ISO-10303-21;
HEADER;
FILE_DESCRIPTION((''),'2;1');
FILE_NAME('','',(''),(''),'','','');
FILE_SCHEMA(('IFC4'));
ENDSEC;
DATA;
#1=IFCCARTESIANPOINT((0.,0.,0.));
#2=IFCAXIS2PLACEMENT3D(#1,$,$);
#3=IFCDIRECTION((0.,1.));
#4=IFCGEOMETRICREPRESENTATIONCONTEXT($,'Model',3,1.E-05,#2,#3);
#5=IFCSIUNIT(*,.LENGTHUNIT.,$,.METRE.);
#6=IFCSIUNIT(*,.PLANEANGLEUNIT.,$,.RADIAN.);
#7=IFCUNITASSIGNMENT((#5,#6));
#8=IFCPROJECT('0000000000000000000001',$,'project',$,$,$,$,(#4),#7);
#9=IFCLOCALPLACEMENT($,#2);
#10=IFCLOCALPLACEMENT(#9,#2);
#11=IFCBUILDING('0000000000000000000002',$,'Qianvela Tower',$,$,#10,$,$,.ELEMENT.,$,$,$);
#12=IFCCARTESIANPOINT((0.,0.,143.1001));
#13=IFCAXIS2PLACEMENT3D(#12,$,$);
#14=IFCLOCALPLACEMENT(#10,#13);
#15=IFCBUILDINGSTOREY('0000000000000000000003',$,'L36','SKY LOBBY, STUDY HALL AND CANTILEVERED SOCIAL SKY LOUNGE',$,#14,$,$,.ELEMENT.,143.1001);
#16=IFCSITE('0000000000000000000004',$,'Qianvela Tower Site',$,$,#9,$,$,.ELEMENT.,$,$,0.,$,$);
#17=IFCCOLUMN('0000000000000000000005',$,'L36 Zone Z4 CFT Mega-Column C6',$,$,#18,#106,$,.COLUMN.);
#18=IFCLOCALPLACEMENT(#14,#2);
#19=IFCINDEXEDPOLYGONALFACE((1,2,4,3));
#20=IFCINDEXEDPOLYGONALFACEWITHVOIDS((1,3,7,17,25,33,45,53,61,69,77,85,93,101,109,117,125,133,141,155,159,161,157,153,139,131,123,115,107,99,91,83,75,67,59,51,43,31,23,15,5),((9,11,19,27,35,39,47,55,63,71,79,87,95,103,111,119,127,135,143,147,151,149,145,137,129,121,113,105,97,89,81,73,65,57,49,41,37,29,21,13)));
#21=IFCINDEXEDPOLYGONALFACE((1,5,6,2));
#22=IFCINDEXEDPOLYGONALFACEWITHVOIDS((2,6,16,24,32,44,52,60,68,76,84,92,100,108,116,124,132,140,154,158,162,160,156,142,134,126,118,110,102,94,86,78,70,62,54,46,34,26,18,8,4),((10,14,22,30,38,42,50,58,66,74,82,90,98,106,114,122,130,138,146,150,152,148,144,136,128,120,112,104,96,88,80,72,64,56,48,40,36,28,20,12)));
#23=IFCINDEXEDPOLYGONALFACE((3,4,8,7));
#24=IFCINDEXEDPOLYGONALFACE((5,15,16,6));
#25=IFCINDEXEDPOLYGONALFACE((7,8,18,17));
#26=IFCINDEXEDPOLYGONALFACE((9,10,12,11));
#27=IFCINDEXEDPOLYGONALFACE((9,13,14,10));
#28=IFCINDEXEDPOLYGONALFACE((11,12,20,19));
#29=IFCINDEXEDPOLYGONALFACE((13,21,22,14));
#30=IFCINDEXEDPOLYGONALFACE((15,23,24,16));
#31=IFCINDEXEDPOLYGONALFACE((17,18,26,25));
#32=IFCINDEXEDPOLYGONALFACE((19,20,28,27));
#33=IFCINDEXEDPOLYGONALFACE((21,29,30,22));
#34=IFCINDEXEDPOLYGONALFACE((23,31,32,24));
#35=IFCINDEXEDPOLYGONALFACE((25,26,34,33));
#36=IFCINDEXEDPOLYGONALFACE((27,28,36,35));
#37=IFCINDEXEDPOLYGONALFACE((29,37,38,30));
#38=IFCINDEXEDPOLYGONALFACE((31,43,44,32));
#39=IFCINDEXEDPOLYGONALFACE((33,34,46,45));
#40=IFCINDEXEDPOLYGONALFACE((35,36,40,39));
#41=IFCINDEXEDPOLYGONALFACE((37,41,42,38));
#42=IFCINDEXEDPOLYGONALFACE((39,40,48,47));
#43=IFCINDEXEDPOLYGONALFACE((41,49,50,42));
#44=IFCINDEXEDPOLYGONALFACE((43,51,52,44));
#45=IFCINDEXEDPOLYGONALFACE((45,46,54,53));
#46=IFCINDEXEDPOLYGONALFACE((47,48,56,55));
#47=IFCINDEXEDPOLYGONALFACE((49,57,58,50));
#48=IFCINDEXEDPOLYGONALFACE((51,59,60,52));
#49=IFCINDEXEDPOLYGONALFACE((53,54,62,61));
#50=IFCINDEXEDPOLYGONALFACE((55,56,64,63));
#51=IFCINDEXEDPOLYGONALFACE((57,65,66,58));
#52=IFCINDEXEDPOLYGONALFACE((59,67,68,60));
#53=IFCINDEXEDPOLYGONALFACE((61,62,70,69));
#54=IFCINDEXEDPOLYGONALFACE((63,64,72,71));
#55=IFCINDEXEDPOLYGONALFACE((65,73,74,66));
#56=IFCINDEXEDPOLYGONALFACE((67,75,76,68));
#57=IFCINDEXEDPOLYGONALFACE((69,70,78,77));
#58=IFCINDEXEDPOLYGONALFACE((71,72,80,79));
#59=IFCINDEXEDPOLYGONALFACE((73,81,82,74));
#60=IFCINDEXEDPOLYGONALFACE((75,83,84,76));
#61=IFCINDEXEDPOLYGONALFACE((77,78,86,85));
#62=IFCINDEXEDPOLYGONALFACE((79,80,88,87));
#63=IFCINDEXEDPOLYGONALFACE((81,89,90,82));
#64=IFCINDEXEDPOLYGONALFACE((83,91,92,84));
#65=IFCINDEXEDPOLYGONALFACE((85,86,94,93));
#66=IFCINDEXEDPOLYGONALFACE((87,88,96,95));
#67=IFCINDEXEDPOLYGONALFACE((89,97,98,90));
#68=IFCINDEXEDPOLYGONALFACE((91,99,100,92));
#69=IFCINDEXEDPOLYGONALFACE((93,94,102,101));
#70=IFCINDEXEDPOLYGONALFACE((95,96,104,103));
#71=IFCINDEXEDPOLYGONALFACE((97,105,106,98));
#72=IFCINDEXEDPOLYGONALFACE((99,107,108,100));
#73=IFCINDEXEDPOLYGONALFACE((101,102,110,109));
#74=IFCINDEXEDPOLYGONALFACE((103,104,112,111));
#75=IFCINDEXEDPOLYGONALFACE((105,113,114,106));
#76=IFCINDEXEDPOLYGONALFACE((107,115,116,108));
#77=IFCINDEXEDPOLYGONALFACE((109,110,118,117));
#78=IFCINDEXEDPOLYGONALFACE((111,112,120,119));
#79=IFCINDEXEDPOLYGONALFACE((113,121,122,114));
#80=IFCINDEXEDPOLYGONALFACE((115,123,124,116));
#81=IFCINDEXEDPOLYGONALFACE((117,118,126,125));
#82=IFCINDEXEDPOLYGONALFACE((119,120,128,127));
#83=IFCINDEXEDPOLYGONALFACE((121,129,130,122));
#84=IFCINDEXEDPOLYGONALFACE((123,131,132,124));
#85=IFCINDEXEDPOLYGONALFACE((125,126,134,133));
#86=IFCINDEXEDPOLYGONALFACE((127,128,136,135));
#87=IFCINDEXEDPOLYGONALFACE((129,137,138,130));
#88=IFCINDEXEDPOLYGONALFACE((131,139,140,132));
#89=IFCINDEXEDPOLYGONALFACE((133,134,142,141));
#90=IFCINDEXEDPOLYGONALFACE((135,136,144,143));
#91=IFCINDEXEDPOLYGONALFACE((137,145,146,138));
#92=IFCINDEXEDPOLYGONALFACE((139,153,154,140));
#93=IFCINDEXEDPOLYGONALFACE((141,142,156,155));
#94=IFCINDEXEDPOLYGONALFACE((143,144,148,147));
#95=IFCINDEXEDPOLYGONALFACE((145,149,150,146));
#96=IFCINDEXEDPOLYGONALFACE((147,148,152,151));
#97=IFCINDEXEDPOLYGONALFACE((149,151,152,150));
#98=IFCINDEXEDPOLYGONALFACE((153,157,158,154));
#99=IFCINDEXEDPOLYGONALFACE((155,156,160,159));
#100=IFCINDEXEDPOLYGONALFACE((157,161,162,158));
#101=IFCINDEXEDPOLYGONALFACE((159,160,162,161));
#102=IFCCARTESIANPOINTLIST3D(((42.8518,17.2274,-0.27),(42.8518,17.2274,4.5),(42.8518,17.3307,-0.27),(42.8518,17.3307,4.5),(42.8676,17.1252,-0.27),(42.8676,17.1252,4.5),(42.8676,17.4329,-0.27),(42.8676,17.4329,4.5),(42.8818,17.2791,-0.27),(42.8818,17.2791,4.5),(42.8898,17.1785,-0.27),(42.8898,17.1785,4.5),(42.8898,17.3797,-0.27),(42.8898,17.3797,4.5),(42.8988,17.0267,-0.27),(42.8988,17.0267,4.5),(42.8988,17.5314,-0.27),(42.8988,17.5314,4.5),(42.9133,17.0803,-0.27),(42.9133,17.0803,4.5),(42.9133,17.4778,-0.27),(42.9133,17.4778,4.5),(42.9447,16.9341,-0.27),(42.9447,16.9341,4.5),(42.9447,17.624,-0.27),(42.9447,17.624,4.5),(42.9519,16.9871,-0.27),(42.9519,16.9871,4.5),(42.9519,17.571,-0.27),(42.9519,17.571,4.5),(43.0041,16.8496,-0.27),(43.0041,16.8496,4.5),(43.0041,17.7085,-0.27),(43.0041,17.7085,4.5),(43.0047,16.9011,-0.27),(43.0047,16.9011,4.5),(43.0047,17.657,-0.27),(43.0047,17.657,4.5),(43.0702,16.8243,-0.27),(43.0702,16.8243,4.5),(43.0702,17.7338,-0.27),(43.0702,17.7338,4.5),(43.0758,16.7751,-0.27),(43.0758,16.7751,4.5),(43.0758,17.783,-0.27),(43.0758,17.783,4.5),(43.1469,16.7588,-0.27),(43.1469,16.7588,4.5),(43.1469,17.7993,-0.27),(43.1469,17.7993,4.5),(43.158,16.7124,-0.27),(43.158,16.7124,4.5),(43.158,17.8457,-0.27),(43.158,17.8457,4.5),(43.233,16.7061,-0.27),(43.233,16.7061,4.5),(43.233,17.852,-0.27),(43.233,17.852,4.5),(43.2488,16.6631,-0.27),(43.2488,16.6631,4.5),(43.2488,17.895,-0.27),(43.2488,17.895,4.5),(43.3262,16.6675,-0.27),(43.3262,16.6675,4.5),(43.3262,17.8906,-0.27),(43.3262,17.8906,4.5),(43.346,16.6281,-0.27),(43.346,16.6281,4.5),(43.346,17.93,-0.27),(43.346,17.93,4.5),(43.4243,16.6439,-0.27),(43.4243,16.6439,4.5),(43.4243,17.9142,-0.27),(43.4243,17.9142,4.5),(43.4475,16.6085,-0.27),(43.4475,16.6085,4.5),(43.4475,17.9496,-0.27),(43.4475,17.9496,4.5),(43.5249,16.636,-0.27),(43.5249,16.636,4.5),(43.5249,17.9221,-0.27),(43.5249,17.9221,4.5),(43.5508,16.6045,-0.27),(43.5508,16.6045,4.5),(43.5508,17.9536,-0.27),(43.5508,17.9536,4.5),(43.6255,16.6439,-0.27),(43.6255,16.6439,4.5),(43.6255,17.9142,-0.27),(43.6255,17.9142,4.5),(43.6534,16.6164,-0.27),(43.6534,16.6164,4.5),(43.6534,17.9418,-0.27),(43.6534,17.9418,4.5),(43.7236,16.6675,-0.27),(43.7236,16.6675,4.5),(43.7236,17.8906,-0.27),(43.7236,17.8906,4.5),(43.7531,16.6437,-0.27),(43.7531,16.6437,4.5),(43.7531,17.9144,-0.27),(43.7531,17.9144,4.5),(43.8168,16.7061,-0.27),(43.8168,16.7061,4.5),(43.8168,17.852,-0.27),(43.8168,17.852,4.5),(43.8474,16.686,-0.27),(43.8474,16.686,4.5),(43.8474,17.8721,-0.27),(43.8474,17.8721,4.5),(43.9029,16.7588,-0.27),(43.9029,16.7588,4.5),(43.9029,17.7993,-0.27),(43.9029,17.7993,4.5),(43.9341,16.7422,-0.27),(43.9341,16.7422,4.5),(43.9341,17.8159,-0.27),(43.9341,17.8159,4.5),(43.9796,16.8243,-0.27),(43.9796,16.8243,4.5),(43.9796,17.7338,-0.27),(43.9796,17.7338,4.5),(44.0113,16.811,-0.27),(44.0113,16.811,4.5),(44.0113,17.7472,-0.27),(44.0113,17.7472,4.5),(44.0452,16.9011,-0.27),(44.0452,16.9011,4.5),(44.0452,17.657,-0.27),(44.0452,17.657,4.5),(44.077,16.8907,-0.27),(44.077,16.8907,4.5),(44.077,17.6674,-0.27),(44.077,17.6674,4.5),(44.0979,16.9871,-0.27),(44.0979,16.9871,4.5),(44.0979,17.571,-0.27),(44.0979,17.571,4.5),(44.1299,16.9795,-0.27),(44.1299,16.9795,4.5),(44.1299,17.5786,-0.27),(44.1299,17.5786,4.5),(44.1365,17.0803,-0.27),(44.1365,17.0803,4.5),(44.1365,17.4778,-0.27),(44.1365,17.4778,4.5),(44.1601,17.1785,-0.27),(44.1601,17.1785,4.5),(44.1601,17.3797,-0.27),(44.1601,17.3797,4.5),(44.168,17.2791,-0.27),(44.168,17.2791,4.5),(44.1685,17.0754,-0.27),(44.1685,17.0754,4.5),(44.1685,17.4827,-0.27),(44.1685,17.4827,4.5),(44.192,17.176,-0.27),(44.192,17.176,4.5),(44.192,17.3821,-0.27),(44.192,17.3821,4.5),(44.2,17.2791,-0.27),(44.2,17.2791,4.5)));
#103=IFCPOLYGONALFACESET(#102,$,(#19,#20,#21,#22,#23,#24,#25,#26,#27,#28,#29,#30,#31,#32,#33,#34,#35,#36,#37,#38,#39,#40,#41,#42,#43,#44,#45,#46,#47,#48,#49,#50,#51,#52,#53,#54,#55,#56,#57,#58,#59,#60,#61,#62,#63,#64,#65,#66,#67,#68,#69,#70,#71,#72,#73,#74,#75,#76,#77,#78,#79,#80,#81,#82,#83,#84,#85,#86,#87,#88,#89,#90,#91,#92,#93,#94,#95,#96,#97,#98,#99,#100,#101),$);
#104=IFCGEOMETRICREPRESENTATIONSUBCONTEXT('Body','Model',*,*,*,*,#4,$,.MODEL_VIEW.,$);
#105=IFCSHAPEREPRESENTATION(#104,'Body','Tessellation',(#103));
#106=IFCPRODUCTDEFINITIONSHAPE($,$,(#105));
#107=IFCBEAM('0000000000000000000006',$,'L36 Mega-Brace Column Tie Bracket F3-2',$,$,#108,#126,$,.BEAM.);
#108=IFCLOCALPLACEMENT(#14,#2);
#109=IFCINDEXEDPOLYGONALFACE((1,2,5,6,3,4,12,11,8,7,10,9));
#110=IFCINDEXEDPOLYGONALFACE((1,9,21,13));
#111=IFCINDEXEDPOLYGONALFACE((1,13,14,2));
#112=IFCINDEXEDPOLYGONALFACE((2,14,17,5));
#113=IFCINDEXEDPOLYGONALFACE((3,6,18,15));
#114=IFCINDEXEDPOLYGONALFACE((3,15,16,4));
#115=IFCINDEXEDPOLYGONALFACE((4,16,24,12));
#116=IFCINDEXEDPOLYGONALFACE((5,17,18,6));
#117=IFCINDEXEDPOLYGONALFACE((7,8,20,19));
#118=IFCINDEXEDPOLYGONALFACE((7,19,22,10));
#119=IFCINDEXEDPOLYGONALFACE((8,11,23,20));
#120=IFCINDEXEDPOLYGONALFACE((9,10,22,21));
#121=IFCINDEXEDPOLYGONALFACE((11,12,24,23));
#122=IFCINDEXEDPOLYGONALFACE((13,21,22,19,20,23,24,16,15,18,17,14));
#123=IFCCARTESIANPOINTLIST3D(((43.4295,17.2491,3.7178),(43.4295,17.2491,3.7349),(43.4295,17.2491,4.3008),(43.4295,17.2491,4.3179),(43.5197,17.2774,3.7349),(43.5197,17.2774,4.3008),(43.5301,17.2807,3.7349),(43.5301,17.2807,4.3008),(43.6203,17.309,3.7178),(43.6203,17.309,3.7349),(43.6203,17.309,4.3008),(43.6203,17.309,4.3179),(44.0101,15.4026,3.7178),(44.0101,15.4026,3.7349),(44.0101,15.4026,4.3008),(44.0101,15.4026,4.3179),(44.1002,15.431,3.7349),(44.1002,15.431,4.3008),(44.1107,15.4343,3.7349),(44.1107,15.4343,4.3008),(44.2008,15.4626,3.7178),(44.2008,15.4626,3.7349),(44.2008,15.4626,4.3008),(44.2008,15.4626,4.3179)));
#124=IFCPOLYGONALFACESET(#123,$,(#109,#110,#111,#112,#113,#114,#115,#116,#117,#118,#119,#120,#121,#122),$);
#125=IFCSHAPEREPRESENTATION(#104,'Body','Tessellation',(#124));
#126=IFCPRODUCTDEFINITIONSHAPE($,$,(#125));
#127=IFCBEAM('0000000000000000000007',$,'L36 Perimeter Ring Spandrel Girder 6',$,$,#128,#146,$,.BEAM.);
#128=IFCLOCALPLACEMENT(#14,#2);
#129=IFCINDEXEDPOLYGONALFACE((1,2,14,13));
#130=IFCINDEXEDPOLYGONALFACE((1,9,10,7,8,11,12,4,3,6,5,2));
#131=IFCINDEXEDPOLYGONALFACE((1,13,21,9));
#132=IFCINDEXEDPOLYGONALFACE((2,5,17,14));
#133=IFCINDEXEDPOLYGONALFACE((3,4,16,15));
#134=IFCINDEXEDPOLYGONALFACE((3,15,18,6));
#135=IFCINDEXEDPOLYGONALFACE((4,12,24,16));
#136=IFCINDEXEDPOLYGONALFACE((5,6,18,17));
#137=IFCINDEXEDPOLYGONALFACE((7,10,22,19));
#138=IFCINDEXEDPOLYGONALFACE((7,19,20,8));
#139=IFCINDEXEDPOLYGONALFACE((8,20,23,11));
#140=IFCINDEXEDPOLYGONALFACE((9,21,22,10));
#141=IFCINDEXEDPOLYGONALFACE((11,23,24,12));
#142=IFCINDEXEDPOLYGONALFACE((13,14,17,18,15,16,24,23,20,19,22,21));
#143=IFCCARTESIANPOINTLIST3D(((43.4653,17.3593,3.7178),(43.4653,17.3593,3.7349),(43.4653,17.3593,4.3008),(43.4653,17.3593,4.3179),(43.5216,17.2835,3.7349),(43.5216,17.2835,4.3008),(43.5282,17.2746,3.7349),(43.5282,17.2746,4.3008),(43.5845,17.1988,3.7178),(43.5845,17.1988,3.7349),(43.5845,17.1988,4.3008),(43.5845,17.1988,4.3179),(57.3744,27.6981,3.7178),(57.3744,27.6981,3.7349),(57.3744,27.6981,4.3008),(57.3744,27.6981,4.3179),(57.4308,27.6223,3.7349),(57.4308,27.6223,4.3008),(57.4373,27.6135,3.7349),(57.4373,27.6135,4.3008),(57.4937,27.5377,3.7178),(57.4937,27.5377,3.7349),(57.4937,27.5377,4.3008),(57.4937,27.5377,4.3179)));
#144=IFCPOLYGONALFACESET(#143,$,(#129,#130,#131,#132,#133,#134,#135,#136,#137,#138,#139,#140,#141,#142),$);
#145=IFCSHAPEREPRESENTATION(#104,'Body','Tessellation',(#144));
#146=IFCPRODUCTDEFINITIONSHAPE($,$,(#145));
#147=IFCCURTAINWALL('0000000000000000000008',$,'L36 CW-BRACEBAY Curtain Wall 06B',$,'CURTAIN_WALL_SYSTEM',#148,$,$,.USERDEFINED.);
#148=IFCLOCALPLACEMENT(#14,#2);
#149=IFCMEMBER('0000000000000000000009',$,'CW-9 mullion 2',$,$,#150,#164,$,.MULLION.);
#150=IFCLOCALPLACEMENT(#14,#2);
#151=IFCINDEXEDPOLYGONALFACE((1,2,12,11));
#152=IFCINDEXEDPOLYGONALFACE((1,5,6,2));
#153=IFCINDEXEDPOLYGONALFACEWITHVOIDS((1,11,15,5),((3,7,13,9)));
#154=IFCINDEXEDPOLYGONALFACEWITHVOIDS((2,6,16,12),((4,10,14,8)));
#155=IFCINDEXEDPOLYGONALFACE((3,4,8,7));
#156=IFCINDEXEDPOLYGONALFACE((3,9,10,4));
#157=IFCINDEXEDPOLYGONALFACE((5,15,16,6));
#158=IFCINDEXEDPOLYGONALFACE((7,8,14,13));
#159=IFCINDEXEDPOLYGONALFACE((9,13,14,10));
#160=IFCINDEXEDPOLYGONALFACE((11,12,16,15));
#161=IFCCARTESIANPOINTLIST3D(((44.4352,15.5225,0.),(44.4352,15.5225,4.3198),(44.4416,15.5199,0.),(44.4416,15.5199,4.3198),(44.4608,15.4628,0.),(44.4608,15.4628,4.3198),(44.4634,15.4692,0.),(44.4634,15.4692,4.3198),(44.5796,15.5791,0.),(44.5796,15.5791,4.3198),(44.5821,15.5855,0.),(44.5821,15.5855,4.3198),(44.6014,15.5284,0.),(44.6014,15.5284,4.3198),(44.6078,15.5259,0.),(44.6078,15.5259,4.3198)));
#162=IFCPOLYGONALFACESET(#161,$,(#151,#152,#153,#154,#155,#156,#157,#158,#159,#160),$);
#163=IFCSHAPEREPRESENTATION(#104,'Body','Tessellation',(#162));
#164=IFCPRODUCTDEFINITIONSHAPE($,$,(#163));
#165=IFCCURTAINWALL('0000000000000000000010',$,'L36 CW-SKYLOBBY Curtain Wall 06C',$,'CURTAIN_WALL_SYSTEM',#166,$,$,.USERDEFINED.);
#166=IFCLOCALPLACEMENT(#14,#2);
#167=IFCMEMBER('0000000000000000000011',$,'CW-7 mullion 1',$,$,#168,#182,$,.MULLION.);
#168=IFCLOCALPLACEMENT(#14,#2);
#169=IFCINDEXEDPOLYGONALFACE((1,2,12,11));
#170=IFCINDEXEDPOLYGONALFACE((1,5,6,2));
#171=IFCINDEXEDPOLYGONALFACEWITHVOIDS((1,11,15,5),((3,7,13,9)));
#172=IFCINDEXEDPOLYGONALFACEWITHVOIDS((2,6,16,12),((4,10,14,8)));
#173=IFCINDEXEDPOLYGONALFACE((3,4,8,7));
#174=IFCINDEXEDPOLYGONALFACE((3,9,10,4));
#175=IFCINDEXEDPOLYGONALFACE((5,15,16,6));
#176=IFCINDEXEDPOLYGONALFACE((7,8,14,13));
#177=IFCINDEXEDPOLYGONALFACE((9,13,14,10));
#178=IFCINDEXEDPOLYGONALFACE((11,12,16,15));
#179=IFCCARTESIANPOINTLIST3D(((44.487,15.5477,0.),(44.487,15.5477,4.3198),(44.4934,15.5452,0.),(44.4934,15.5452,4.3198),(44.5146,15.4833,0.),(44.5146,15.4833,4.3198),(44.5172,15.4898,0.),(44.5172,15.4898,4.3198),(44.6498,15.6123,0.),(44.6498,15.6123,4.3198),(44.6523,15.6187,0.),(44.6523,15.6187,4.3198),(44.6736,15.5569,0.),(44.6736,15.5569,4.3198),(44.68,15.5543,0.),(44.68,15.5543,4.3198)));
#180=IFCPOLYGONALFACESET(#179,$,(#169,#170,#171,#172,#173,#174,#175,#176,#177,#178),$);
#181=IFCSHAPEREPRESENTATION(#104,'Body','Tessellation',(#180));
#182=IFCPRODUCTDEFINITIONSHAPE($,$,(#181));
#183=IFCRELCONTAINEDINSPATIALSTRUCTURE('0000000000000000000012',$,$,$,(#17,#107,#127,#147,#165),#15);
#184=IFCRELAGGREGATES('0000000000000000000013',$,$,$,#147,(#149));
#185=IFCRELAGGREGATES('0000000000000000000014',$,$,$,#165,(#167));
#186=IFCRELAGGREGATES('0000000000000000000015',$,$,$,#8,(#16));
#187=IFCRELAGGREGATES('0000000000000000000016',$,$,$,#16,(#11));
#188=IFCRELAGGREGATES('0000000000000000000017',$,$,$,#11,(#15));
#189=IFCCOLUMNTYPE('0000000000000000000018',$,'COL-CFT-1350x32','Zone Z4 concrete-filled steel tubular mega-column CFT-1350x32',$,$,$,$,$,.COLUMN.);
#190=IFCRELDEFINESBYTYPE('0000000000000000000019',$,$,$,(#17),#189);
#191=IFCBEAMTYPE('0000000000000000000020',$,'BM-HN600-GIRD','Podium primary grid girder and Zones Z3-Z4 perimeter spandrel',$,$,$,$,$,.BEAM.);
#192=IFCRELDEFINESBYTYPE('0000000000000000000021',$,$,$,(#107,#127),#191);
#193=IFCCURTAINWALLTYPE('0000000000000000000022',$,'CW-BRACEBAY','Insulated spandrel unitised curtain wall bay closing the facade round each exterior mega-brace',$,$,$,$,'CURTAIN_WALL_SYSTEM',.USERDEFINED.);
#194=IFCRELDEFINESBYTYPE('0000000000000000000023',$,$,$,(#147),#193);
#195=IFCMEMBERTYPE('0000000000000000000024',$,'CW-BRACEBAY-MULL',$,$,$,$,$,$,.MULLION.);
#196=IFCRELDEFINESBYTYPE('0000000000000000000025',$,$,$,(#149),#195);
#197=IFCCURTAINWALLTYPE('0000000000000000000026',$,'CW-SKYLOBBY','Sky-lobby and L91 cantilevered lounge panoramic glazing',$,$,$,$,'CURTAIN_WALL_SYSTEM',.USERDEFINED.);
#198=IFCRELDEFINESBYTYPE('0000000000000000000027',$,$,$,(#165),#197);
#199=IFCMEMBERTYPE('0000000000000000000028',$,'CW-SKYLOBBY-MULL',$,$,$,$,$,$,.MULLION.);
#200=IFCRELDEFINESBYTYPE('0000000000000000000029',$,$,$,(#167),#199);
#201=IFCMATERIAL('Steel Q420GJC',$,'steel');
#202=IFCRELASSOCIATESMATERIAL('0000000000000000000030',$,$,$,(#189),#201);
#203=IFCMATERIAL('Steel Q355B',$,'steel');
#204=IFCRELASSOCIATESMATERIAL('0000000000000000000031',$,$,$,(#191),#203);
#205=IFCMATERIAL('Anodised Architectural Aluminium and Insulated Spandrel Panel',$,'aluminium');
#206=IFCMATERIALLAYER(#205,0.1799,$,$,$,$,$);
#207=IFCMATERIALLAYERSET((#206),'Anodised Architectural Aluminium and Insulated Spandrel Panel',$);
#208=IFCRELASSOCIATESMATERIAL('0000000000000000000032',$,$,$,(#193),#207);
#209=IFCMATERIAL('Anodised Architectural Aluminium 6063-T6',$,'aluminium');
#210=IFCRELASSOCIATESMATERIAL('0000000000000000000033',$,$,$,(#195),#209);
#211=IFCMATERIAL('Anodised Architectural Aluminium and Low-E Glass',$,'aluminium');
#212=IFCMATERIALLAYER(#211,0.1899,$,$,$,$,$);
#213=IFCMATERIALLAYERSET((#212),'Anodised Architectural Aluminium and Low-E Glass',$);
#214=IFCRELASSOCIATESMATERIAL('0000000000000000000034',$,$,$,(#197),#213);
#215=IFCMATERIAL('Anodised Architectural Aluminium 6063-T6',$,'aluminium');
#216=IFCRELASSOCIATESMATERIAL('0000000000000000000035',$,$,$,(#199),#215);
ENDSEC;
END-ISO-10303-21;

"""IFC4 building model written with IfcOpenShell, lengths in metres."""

from ifc_helpers import new_model, si_unit, direction, frame, origin, origin_2d, place, context, subcontext, project, spatial, hollow_rectangle, hollow_circle, i_section, extrude, material, layer, layer_set, material_profile, profile_set, type_object, element, aggregate, save


model = new_model("IFC4")

# Units and contexts
model_context = context("Model", 3, precision=1e-05, world=origin(), true_north=direction((0.0, 1.0)))
body_context = subcontext(model_context, "Body", "Model", "MODEL_VIEW")
ifc_project = project(units=[si_unit("LENGTHUNIT", "METRE"), si_unit("PLANEANGLEUNIT", "RADIAN")], contexts=[model_context])

# Site, building, storey
site_placement = place(None, origin())
site = spatial("IfcSite", under=ifc_project, at=site_placement, Name="Qianvela Tower Site", CompositionType="ELEMENT", RefElevation=0.0)
building_placement = place(site_placement, origin())
building = spatial("IfcBuilding", under=site, at=building_placement, Name="Qianvela Tower", CompositionType="ELEMENT")
storey_placement = place(building_placement, frame((0.0, 0.0, 143.1001)))
storey = spatial("IfcBuildingStorey", under=building, at=storey_placement, Name="L36", Description="SKY LOBBY, STUDY HALL AND CANTILEVERED SOCIAL SKY LOUNGE", CompositionType="ELEMENT", Elevation=143.1001)

# Column
ifc_material_1 = material(Name="Steel Q420GJC", Category="steel")
ifc_material_profile_1 = material_profile(ifc_material_1, hollow_circle(Radius=0.675, WallThickness=0.032, at=origin_2d()), Name="CFT-1350x32")
ifc_profile_set_1 = profile_set([ifc_material_profile_1], Name="Steel Q420GJC")
column_type = type_object("IfcColumnType", Name="COL-CFT-1350x32", Description="Zone Z4 concrete-filled steel tubular mega-column CFT-1350x32", PredefinedType="COLUMN", material=ifc_profile_set_1)
column_placement = place(storey_placement, frame((43.5249, 17.2791, -0.27), z_axis=(0.0, 0.0, 1.0), x_axis=(1.0, 0.0, 0.0)))
element("IfcColumn", 1, at=column_placement, inside=storey, type_object=column_type, Name="L36 Zone Z4 CFT Mega-Column C6", PredefinedType="COLUMN", context=body_context, shape_type="SweptSolid", body=[
    extrude(hollow_circle(Radius=0.675, WallThickness=0.032, at=origin_2d()), origin(), (0.0, 0.0, 1.0), 4.77),
])

# Beams
ifc_material_2 = material(Name="Steel Q355B", Category="steel")
ifc_material_profile_2 = material_profile(ifc_material_2, i_section(OverallWidth=0.2, OverallDepth=0.6001, WebThickness=0.011, FlangeThickness=0.0171, at=origin_2d()), Name="HN600x200x11x17")
ifc_profile_set_2 = profile_set([ifc_material_profile_2], Name="Steel Q355B")
beam_type = type_object("IfcBeamType", Name="BM-HN600-GIRD", Description="Podium primary grid girder and Zones Z3-Z4 perimeter spandrel", PredefinedType="BEAM", material=ifc_profile_set_2)
beam_1_placement = place(storey_placement, frame((43.5249, 17.2791, 4.0178), z_axis=(0.299948, -0.953956, 0.0), x_axis=(0.953956, 0.299948, 0.0)))
element("IfcBeam", 2, at=beam_1_placement, inside=storey, type_object=beam_type, Name="L36 Mega-Brace Column Tie Bracket F3-2", PredefinedType="BEAM", context=body_context, shape_type="SweptSolid", body=[
    extrude(i_section(OverallWidth=0.2, OverallDepth=0.6001, WebThickness=0.011, FlangeThickness=0.0171, at=origin_2d()), origin(), (0.0, 0.0, 1.0), 1.9355),
])
beam_2_placement = place(storey_placement, frame((43.5249, 17.2791, 4.0178), z_axis=(0.802569, 0.596559, 0.0), x_axis=(-0.596559, 0.802569, 0.0)))
element("IfcBeam", 3, at=beam_2_placement, inside=storey, type_object=beam_type, Name="L36 Perimeter Ring Spandrel Girder 6", PredefinedType="BEAM", context=body_context, shape_type="SweptSolid", body=[
    extrude(i_section(OverallWidth=0.2, OverallDepth=0.6001, WebThickness=0.011, FlangeThickness=0.0171, at=origin_2d()), origin(), (0.0, 0.0, 1.0), 17.3308),
])

# Curtain wall, member
ifc_material_3 = material(Name="Anodised Architectural Aluminium and Insulated Spandrel Panel", Category="aluminium")
ifc_layer_1 = layer(ifc_material_3, 0.1799)
ifc_layer_set_1 = layer_set([ifc_layer_1], Name="Anodised Architectural Aluminium and Insulated Spandrel Panel")
curtain_wall_type_1 = type_object("IfcCurtainWallType", Name="CW-BRACEBAY", Description="Insulated spandrel unitised curtain wall bay closing the facade round each exterior mega-brace", ElementType="CURTAIN_WALL_SYSTEM", PredefinedType="USERDEFINED", material=ifc_layer_set_1)
curtain_wall_1_placement = place(storey_placement, origin())
curtain_wall_1 = element("IfcCurtainWall", 4, at=curtain_wall_1_placement, inside=storey, type_object=curtain_wall_type_1, Name="L36 CW-BRACEBAY Curtain Wall 06B", ObjectType="CURTAIN_WALL_SYSTEM", PredefinedType="USERDEFINED")
ifc_material_4 = material(Name="Anodised Architectural Aluminium 6063-T6", Category="aluminium")
ifc_material_profile_3 = material_profile(ifc_material_4, hollow_rectangle(XDim=0.0649, YDim=0.1599, WallThickness=0.0049, at=origin_2d()), Name="ALU-MULL-65x160")
ifc_profile_set_3 = profile_set([ifc_material_profile_3], Name="Anodised Architectural Aluminium 6063-T6")
member_type_1 = type_object("IfcMemberType", Name="CW-BRACEBAY-MULL", PredefinedType="MULLION", material=ifc_profile_set_3)
member_1_placement = place(storey_placement, frame((44.5215, 15.5242, 0.0), z_axis=(0.0, 0.0, 1.0), x_axis=(-0.394477, 0.918906, 0.0)))
member_1 = element("IfcMember", 5, at=member_1_placement, type_object=member_type_1, Name="CW-9 mullion 2", PredefinedType="MULLION", context=body_context, shape_type="SweptSolid", body=[
    extrude(hollow_rectangle(XDim=0.0649, YDim=0.1599, WallThickness=0.0049, at=origin_2d()), origin(), (0.0, 0.0, 1.0), 4.3198),
])
aggregate(curtain_wall_1, [member_1])

# Curtain wall, member
ifc_material_5 = material(Name="Anodised Architectural Aluminium and Low-E Glass", Category="aluminium")
ifc_layer_2 = layer(ifc_material_5, 0.1899)
ifc_layer_set_2 = layer_set([ifc_layer_2], Name="Anodised Architectural Aluminium and Low-E Glass")
curtain_wall_type_2 = type_object("IfcCurtainWallType", Name="CW-SKYLOBBY", Description="Sky-lobby and L91 cantilevered lounge panoramic glazing", ElementType="CURTAIN_WALL_SYSTEM", PredefinedType="USERDEFINED", material=ifc_layer_set_2)
curtain_wall_2_placement = place(storey_placement, origin())
curtain_wall_2 = element("IfcCurtainWall", 6, at=curtain_wall_2_placement, inside=storey, type_object=curtain_wall_type_2, Name="L36 CW-SKYLOBBY Curtain Wall 06C", ObjectType="CURTAIN_WALL_SYSTEM", PredefinedType="USERDEFINED")
ifc_material_6 = material(Name="Anodised Architectural Aluminium 6063-T6", Category="aluminium")
ifc_material_profile_4 = material_profile(ifc_material_6, hollow_rectangle(XDim=0.0701, YDim=0.1799, WallThickness=0.0049, at=origin_2d()), Name="ALU-MULL-70x180")
ifc_profile_set_4 = profile_set([ifc_material_profile_4], Name="Anodised Architectural Aluminium 6063-T6")
member_type_2 = type_object("IfcMemberType", Name="CW-SKYLOBBY-MULL", PredefinedType="MULLION", material=ifc_profile_set_4)
member_2_placement = place(storey_placement, frame((44.5835, 15.551, 0.0), z_axis=(0.0, 0.0, 1.0), x_axis=(-0.394471, 0.918908, 0.0)))
member_2 = element("IfcMember", 7, at=member_2_placement, type_object=member_type_2, Name="CW-7 mullion 1", PredefinedType="MULLION", context=body_context, shape_type="SweptSolid", body=[
    extrude(hollow_rectangle(XDim=0.0701, YDim=0.1799, WallThickness=0.0049, at=origin_2d()), origin(), (0.0, 0.0, 1.0), 4.3198),
])
aggregate(curtain_wall_2, [member_2])

save(model, "model.ifc")
